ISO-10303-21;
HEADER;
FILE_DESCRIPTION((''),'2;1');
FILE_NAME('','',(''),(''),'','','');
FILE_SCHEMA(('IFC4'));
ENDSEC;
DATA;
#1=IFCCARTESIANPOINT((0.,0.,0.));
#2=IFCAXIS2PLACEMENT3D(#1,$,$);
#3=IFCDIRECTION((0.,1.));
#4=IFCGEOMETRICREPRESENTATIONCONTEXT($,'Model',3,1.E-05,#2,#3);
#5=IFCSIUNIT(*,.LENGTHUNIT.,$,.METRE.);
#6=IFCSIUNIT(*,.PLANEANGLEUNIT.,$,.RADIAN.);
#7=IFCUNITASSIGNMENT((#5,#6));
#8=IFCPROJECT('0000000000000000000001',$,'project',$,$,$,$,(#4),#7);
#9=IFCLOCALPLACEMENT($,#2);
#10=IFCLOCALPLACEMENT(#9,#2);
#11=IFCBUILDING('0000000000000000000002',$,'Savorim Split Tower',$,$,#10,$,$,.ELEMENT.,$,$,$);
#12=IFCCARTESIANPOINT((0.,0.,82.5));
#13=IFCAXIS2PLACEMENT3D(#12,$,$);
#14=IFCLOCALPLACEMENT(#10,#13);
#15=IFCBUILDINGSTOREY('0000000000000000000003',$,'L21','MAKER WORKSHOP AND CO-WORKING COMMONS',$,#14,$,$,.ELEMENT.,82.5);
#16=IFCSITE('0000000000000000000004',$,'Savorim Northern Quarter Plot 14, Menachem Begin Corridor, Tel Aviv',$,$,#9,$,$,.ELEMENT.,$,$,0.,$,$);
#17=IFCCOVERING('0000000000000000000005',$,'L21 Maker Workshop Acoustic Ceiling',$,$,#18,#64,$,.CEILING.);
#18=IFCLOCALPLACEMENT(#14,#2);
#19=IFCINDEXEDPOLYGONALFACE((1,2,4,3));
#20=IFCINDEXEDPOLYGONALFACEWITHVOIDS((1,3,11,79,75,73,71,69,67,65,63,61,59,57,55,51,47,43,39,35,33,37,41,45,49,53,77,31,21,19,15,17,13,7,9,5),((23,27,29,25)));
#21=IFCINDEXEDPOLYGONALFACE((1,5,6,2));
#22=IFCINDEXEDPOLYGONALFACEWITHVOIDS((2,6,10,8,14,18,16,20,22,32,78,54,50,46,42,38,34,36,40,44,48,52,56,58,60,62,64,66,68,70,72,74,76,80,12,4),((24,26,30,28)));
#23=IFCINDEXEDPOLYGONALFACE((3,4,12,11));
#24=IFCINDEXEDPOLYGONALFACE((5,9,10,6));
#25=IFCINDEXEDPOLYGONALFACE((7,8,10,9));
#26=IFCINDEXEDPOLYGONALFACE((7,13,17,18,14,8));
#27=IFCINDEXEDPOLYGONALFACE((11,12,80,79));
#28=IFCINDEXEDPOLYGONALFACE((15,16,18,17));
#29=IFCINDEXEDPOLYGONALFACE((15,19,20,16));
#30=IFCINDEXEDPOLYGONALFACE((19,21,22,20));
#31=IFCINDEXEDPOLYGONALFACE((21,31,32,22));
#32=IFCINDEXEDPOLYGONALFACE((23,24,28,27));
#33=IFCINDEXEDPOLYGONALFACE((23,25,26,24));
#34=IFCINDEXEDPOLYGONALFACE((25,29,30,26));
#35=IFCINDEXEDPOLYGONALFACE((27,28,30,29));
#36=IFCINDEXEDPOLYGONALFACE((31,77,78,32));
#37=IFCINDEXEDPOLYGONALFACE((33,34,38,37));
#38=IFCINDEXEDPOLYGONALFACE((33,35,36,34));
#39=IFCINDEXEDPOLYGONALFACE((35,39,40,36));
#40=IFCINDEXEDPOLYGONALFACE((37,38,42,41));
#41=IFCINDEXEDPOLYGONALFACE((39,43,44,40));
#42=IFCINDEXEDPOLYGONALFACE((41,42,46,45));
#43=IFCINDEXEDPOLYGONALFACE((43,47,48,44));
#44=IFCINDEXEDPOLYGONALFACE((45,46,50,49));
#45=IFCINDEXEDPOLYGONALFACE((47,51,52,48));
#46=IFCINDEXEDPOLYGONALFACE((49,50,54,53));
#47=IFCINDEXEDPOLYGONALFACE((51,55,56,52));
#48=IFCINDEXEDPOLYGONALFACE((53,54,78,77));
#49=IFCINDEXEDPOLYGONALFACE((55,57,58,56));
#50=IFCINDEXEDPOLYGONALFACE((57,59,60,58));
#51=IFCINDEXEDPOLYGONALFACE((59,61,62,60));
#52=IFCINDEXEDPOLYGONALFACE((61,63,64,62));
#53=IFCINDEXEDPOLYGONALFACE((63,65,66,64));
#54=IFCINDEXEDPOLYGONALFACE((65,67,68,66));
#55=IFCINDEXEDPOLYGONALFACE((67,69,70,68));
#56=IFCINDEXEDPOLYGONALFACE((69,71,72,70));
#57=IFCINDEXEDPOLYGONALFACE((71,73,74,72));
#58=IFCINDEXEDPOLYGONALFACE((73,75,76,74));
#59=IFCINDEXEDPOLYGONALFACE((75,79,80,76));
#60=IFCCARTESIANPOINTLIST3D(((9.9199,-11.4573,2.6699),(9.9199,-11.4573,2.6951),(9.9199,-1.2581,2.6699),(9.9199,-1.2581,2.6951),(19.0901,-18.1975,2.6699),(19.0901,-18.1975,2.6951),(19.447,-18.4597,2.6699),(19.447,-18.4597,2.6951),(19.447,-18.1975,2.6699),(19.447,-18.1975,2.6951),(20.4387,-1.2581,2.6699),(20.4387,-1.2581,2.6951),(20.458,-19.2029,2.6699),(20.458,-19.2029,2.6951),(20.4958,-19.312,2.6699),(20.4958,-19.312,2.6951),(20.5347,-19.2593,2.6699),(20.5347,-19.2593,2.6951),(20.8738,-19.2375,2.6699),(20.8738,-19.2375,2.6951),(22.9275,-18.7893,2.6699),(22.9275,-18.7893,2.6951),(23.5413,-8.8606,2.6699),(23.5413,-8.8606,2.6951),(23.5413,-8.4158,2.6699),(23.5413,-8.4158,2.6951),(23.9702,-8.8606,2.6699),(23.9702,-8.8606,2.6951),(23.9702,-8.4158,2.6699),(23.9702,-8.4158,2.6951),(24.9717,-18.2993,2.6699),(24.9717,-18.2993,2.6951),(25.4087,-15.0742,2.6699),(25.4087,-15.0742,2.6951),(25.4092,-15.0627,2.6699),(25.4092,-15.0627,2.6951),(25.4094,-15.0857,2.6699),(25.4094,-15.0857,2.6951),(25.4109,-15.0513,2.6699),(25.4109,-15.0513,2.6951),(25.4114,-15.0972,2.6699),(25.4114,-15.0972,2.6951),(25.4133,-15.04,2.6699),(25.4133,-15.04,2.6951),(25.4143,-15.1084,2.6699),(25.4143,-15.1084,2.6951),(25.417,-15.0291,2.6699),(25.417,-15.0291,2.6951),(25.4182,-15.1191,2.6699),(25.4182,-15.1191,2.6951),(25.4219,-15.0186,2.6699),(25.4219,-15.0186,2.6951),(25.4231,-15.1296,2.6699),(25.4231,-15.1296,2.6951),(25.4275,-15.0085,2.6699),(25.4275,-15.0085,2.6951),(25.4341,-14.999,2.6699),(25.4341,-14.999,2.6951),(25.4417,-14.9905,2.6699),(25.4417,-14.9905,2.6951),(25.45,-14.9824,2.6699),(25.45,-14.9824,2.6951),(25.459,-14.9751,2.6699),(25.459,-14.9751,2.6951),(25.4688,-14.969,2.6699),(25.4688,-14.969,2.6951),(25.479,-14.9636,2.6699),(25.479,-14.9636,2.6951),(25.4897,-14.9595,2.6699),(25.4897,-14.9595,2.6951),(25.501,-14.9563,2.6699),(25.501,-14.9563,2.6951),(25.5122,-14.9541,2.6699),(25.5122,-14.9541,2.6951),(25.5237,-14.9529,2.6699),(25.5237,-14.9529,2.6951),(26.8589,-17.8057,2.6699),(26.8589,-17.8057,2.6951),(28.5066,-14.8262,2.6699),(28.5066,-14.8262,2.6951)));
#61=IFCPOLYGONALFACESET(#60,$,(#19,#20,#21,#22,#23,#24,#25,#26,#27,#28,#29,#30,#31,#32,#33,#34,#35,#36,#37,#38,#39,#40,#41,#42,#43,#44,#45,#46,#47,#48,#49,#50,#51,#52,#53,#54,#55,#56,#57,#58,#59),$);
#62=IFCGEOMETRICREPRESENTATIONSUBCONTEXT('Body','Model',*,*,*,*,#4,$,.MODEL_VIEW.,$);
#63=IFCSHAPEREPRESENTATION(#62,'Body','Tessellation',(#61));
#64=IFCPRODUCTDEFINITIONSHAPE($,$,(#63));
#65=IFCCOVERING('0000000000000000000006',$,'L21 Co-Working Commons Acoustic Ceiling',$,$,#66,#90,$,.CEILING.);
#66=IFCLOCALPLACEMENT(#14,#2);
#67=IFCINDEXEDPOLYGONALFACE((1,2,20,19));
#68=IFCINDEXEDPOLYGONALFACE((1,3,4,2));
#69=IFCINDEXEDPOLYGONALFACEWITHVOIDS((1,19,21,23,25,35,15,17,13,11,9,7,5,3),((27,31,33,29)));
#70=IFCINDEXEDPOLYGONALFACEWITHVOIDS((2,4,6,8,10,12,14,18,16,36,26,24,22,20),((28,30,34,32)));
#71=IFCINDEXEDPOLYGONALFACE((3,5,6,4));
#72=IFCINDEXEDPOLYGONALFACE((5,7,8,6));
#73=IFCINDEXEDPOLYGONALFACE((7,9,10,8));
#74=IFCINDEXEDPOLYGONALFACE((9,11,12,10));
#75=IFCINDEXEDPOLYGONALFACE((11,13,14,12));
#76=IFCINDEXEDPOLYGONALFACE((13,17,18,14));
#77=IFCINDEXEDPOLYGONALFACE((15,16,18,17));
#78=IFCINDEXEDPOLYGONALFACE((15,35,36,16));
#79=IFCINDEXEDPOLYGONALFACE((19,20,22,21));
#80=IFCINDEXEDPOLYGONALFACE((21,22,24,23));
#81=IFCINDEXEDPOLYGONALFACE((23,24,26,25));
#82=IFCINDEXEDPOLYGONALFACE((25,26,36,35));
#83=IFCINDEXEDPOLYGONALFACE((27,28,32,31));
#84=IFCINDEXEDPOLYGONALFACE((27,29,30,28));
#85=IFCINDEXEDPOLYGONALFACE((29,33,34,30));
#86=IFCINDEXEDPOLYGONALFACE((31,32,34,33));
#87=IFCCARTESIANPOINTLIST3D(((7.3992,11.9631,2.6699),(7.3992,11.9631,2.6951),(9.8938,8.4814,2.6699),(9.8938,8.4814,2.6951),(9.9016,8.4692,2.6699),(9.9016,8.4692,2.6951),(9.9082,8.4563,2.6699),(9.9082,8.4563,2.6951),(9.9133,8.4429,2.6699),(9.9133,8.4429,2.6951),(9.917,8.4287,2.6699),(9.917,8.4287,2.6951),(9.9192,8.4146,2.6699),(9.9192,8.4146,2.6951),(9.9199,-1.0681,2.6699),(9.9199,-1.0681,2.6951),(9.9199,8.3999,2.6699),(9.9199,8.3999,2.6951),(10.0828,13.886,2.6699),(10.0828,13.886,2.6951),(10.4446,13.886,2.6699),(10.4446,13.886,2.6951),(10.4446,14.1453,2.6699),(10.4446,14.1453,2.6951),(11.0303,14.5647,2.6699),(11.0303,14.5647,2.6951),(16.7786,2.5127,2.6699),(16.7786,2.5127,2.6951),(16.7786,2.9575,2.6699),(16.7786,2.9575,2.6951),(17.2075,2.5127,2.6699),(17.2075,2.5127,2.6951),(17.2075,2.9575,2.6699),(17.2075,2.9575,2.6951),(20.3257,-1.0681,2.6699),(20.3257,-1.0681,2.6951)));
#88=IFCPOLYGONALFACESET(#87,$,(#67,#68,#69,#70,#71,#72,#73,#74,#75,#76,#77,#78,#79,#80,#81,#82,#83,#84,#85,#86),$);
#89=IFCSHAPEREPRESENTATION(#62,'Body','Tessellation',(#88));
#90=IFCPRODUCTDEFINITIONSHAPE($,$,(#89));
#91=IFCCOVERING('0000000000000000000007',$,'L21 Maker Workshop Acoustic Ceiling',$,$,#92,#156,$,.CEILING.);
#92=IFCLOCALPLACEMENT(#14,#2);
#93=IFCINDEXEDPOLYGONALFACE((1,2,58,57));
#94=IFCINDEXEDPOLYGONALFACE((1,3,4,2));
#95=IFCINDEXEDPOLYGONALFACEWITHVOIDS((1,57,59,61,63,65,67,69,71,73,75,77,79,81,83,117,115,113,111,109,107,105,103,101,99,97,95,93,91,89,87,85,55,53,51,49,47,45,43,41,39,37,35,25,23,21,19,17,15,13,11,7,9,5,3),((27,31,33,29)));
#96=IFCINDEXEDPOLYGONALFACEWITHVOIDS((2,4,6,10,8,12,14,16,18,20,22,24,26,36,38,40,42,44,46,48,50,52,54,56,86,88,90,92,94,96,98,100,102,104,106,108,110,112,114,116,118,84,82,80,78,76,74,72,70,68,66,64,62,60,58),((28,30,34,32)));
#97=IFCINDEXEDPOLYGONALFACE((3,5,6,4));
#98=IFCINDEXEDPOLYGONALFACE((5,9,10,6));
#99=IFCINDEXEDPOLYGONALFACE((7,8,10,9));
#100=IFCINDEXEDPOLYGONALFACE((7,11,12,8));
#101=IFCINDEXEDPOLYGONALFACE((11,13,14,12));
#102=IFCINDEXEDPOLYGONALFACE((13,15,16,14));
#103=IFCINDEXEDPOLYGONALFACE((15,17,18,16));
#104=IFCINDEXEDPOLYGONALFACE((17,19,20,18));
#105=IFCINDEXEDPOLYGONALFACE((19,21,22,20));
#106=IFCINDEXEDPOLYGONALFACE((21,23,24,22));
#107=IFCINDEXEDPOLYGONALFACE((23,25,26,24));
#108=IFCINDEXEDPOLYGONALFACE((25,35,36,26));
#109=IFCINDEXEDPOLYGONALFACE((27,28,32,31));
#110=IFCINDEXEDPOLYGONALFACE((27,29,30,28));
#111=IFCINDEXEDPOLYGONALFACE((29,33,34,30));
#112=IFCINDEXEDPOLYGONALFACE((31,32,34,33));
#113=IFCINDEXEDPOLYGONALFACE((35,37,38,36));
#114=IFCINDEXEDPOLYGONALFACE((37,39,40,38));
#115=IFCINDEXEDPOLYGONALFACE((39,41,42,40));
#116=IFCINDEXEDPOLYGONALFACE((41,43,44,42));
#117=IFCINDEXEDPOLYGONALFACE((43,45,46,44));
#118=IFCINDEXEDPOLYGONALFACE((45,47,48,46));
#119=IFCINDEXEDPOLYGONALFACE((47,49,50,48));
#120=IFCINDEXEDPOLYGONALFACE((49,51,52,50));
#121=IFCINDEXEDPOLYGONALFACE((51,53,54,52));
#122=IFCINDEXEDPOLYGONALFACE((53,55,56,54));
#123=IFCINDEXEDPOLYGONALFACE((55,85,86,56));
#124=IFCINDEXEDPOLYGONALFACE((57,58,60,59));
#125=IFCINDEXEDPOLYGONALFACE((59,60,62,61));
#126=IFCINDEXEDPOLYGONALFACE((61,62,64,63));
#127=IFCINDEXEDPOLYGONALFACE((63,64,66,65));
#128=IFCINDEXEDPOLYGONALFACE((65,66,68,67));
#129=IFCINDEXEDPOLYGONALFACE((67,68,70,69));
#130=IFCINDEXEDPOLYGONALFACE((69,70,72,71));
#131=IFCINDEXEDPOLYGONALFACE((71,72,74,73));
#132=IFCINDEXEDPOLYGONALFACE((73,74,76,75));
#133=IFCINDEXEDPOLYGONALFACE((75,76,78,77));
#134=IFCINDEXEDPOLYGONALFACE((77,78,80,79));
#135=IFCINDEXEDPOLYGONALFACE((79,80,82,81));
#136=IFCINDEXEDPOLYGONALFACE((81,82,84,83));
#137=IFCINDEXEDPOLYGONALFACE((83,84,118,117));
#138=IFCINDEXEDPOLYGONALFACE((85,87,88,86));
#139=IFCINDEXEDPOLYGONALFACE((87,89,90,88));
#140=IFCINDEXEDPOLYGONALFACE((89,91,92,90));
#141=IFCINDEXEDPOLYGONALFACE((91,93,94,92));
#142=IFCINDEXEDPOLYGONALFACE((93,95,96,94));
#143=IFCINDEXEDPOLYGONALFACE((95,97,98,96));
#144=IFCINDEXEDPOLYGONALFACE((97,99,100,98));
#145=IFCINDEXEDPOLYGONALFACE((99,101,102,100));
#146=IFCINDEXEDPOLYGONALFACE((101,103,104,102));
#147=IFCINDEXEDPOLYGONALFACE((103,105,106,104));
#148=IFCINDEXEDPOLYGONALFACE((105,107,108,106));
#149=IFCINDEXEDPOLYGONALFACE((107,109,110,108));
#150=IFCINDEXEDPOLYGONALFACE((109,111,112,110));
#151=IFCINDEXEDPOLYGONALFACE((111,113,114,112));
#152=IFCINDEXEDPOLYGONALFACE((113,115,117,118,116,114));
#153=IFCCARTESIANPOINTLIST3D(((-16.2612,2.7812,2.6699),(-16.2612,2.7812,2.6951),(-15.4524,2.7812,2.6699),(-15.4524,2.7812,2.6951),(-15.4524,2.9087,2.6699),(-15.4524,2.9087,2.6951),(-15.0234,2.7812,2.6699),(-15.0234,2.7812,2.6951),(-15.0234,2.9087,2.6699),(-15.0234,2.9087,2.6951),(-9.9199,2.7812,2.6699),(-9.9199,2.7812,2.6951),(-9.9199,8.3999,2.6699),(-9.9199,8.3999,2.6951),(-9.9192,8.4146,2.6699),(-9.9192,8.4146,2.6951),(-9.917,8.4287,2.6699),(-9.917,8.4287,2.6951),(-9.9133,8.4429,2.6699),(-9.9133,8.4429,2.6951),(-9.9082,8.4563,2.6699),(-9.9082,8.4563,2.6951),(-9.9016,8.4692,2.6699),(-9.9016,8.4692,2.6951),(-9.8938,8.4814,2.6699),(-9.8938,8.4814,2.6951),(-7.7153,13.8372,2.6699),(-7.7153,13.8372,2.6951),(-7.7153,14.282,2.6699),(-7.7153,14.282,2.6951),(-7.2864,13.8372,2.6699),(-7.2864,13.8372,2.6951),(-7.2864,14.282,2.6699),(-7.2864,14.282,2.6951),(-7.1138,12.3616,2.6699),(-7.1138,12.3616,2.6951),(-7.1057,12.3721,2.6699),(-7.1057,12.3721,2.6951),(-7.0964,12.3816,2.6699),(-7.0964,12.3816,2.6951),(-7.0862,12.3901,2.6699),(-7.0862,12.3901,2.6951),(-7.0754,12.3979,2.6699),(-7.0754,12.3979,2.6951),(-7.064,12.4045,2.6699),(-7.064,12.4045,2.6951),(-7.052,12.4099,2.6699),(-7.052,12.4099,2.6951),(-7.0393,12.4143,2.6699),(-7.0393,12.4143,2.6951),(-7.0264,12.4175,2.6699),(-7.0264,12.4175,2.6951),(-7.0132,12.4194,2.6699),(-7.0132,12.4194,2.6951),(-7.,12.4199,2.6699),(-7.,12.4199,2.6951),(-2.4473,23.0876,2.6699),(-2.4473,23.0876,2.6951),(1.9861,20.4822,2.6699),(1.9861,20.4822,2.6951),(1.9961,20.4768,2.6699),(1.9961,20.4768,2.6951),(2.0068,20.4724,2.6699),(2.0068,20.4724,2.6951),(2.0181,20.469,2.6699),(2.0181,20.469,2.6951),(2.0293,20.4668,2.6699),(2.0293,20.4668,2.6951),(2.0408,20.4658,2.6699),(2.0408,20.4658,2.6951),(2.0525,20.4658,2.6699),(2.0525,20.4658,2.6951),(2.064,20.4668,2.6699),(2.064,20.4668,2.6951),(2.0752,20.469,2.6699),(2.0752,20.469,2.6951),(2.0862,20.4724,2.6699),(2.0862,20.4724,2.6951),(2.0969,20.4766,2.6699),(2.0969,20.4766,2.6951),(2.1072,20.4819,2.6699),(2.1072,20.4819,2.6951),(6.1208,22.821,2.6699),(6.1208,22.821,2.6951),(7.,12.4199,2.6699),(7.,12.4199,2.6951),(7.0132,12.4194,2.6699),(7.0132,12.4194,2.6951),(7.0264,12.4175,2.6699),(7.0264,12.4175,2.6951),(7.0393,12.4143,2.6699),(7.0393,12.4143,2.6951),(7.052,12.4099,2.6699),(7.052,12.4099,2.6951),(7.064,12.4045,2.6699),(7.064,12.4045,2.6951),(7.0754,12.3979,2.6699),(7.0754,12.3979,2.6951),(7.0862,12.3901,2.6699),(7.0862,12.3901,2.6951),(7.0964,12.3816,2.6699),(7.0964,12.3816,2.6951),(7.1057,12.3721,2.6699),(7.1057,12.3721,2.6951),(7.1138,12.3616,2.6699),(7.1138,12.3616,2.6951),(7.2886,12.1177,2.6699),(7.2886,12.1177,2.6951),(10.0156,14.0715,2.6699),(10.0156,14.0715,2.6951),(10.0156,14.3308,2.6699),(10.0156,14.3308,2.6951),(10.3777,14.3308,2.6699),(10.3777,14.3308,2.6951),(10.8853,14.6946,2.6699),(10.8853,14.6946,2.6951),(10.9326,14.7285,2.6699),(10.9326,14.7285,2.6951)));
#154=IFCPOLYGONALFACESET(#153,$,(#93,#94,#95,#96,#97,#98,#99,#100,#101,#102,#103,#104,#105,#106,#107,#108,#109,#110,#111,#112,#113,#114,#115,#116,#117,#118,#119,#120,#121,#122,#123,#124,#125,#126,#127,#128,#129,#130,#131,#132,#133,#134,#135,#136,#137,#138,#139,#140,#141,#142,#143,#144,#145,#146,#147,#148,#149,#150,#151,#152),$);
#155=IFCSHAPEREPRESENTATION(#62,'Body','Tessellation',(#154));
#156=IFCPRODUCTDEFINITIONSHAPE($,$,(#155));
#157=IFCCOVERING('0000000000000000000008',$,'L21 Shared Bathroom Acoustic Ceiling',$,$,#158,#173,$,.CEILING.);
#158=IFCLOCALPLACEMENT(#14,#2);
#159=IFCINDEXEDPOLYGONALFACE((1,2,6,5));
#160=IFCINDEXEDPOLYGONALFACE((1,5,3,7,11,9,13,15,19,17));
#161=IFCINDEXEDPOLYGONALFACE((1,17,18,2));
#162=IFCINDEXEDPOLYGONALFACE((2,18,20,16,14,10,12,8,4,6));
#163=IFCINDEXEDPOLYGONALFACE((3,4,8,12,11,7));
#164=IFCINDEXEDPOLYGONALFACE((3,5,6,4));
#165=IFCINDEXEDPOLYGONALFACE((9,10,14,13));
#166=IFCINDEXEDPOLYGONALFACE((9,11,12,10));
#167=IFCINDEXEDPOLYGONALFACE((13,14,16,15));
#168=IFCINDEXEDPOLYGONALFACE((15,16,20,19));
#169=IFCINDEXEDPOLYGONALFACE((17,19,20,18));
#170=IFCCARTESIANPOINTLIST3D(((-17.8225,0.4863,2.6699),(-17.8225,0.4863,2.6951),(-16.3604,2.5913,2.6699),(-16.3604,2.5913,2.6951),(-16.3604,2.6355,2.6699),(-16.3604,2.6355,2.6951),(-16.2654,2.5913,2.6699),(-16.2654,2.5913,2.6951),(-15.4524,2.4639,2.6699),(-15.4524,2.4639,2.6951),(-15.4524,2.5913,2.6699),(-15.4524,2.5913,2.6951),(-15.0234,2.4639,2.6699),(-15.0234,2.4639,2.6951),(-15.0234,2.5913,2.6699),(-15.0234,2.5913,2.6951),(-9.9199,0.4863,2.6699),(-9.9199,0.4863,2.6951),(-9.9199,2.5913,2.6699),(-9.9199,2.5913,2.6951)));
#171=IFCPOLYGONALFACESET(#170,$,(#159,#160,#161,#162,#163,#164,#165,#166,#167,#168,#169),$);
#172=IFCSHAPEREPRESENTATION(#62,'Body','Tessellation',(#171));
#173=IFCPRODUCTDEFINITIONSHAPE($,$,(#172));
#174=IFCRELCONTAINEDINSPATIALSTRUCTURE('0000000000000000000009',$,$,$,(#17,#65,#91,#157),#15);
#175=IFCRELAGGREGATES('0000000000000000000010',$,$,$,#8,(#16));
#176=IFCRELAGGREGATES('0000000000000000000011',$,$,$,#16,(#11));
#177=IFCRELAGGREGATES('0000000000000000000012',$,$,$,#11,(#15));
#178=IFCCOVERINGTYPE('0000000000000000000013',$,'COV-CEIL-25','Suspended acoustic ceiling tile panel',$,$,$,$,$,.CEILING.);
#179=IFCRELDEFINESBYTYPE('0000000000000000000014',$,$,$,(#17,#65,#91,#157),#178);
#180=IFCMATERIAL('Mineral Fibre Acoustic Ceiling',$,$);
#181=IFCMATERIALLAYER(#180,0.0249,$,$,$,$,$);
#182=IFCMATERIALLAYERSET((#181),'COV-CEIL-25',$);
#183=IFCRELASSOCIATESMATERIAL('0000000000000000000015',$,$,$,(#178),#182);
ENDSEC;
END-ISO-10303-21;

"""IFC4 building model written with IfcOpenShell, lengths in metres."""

from ifc_helpers import new_model, si_unit, direction, frame, origin, place, context, subcontext, project, spatial, polyline, outline, extrude, material, layer, layer_set, type_object, element, save


model = new_model("IFC4")

# Units and contexts
model_context = context("Model", 3, precision=1e-05, world=origin(), true_north=direction((0.0, 1.0)))
body_context = subcontext(model_context, "Body", "Model", "MODEL_VIEW")
ifc_project = project(units=[si_unit("LENGTHUNIT", "METRE"), si_unit("PLANEANGLEUNIT", "RADIAN")], contexts=[model_context])

# Site, building, storey
site_placement = place(None, origin())
site = spatial("IfcSite", under=ifc_project, at=site_placement, Name="Savorim Northern Quarter Plot 14, Menachem Begin Corridor, Tel Aviv", CompositionType="ELEMENT", RefElevation=0.0)
building_placement = place(site_placement, origin())
building = spatial("IfcBuilding", under=site, at=building_placement, Name="Savorim Split Tower", CompositionType="ELEMENT")
storey_placement = place(building_placement, frame((0.0, 0.0, 82.5)))
storey = spatial("IfcBuildingStorey", under=building, at=storey_placement, Name="L21", Description="MAKER WORKSHOP AND CO-WORKING COMMONS", CompositionType="ELEMENT", Elevation=82.5)

# Coverings
ifc_material_1 = material(Name="Mineral Fibre Acoustic Ceiling")
ifc_layer_1 = layer(ifc_material_1, 0.0249)
ifc_layer_set_1 = layer_set([ifc_layer_1], Name="COV-CEIL-25")
covering_type_1 = type_object("IfcCoveringType", Name="COV-CEIL-25", Description="Suspended acoustic ceiling tile panel", PredefinedType="CEILING", material=ifc_layer_set_1)
covering_1_placement = place(storey_placement, frame((0.0, 0.0, 2.6699)))
element("IfcCovering", 1, at=covering_1_placement, inside=storey, type_object=covering_type_1, Name="L21 Maker Workshop Acoustic Ceiling", PredefinedType="CEILING", context=body_context, shape_type="SweptSolid", body=[
    extrude(outline(polyline([(25.501, -14.9563), (25.5122, -14.9541), (25.5237, -14.9529), (28.5066, -14.8262), (20.4387, -1.2581), (9.9199, -1.2581), (9.9199, -11.4573), (19.0901, -18.1975), (19.447, -18.1975), (19.447, -18.4597), (20.458, -19.2029), (20.5347, -19.2593), (20.4958, -19.312), (20.8738, -19.2375), (22.9275, -18.7893), (24.9717, -18.2993), (26.8589, -17.8057), (25.4231, -15.1296), (25.4182, -15.1191), (25.4143, -15.1084), (25.4114, -15.0972), (25.4094, -15.0857), (25.4087, -15.0742), (25.4092, -15.0627), (25.4109, -15.0513), (25.4133, -15.04), (25.417, -15.0291), (25.4219, -15.0186), (25.4275, -15.0085), (25.4341, -14.999), (25.4417, -14.9905), (25.45, -14.9824), (25.459, -14.9751), (25.4688, -14.969), (25.479, -14.9636), (25.4897, -14.9595), (25.501, -14.9563)]), holes=[polyline([(23.9702, -8.8606), (23.9702, -8.4158), (23.5413, -8.4158), (23.5413, -8.8606), (23.9702, -8.8606)])]), origin(), (0.0, 0.0, 1.0), 0.0251),
])
covering_2_placement = place(storey_placement, frame((0.0, 0.0, 2.6699)))
element("IfcCovering", 2, at=covering_2_placement, inside=storey, type_object=covering_type_1, Name="L21 Co-Working Commons Acoustic Ceiling", PredefinedType="CEILING", context=body_context, shape_type="SweptSolid", body=[
    extrude(outline(polyline([(9.917, 8.4287), (9.9192, 8.4146), (9.9199, 8.3999), (9.9199, -1.0681), (20.3257, -1.0681), (11.0303, 14.5647), (10.4446, 14.1453), (10.4446, 13.886), (10.0828, 13.886), (7.3992, 11.9631), (7.3992, 11.9631), (9.8938, 8.4814), (9.9016, 8.4692), (9.9082, 8.4563), (9.9133, 8.4429), (9.917, 8.4287)]), holes=[polyline([(17.2075, 2.5127), (17.2075, 2.9575), (16.7786, 2.9575), (16.7786, 2.5127), (17.2075, 2.5127)])]), origin(), (0.0, 0.0, 1.0), 0.0251),
])
covering_3_placement = place(storey_placement, frame((0.0, 0.0, 2.6699)))
element("IfcCovering", 3, at=covering_3_placement, inside=storey, type_object=covering_type_1, Name="L21 Maker Workshop Acoustic Ceiling", PredefinedType="CEILING", context=body_context, shape_type="SweptSolid", body=[
    extrude(outline(polyline([(2.0068, 20.4724), (1.9961, 20.4768), (1.9861, 20.4822), (-2.4473, 23.0876), (-16.2612, 2.7812), (-15.4524, 2.7812), (-15.4524, 2.9087), (-15.0234, 2.9087), (-15.0234, 2.7812), (-9.9199, 2.7812), (-9.9199, 8.3999), (-9.9192, 8.4146), (-9.917, 8.4287), (-9.9133, 8.4429), (-9.9082, 8.4563), (-9.9016, 8.4692), (-9.8938, 8.4814), (-7.1138, 12.3616), (-7.1057, 12.3721), (-7.0964, 12.3816), (-7.0862, 12.3901), (-7.0754, 12.3979), (-7.064, 12.4045), (-7.052, 12.4099), (-7.0393, 12.4143), (-7.0264, 12.4175), (-7.0132, 12.4194), (-7.0, 12.4199), (7.0, 12.4199), (7.0132, 12.4194), (7.0264, 12.4175), (7.0393, 12.4143), (7.052, 12.4099), (7.064, 12.4045), (7.0754, 12.3979), (7.0862, 12.3901), (7.0964, 12.3816), (7.1057, 12.3721), (7.1138, 12.3616), (7.2886, 12.1177), (10.0156, 14.0715), (10.0156, 14.3308), (10.3777, 14.3308), (10.8853, 14.6946), (10.9326, 14.7285), (6.1208, 22.821), (2.1072, 20.4819), (2.0969, 20.4766), (2.0862, 20.4724), (2.0752, 20.469), (2.064, 20.4668), (2.0525, 20.4658), (2.0408, 20.4658), (2.0293, 20.4668), (2.0181, 20.469), (2.0068, 20.4724)]), holes=[polyline([(-7.2864, 14.282), (-7.7153, 14.282), (-7.7153, 13.8372), (-7.2864, 13.8372), (-7.2864, 14.282)])]), origin(), (0.0, 0.0, 1.0), 0.0251),
])
covering_4_placement = place(storey_placement, frame((0.0, 0.0, 2.6699)))
element("IfcCovering", 4, at=covering_4_placement, inside=storey, type_object=covering_type_1, Name="L21 Shared Bathroom Acoustic Ceiling", PredefinedType="CEILING", context=body_context, shape_type="SweptSolid", body=[
    extrude(outline(polyline([(-15.4524, 2.5913), (-16.2654, 2.5913), (-16.3604, 2.5913), (-16.3604, 2.6355), (-17.8225, 0.4863), (-9.9199, 0.4863), (-9.9199, 2.5913), (-15.0234, 2.5913), (-15.0234, 2.4639), (-15.4524, 2.4639), (-15.4524, 2.5913)])), origin(), (0.0, 0.0, 1.0), 0.0251),
])

save(model, "model.ifc")
